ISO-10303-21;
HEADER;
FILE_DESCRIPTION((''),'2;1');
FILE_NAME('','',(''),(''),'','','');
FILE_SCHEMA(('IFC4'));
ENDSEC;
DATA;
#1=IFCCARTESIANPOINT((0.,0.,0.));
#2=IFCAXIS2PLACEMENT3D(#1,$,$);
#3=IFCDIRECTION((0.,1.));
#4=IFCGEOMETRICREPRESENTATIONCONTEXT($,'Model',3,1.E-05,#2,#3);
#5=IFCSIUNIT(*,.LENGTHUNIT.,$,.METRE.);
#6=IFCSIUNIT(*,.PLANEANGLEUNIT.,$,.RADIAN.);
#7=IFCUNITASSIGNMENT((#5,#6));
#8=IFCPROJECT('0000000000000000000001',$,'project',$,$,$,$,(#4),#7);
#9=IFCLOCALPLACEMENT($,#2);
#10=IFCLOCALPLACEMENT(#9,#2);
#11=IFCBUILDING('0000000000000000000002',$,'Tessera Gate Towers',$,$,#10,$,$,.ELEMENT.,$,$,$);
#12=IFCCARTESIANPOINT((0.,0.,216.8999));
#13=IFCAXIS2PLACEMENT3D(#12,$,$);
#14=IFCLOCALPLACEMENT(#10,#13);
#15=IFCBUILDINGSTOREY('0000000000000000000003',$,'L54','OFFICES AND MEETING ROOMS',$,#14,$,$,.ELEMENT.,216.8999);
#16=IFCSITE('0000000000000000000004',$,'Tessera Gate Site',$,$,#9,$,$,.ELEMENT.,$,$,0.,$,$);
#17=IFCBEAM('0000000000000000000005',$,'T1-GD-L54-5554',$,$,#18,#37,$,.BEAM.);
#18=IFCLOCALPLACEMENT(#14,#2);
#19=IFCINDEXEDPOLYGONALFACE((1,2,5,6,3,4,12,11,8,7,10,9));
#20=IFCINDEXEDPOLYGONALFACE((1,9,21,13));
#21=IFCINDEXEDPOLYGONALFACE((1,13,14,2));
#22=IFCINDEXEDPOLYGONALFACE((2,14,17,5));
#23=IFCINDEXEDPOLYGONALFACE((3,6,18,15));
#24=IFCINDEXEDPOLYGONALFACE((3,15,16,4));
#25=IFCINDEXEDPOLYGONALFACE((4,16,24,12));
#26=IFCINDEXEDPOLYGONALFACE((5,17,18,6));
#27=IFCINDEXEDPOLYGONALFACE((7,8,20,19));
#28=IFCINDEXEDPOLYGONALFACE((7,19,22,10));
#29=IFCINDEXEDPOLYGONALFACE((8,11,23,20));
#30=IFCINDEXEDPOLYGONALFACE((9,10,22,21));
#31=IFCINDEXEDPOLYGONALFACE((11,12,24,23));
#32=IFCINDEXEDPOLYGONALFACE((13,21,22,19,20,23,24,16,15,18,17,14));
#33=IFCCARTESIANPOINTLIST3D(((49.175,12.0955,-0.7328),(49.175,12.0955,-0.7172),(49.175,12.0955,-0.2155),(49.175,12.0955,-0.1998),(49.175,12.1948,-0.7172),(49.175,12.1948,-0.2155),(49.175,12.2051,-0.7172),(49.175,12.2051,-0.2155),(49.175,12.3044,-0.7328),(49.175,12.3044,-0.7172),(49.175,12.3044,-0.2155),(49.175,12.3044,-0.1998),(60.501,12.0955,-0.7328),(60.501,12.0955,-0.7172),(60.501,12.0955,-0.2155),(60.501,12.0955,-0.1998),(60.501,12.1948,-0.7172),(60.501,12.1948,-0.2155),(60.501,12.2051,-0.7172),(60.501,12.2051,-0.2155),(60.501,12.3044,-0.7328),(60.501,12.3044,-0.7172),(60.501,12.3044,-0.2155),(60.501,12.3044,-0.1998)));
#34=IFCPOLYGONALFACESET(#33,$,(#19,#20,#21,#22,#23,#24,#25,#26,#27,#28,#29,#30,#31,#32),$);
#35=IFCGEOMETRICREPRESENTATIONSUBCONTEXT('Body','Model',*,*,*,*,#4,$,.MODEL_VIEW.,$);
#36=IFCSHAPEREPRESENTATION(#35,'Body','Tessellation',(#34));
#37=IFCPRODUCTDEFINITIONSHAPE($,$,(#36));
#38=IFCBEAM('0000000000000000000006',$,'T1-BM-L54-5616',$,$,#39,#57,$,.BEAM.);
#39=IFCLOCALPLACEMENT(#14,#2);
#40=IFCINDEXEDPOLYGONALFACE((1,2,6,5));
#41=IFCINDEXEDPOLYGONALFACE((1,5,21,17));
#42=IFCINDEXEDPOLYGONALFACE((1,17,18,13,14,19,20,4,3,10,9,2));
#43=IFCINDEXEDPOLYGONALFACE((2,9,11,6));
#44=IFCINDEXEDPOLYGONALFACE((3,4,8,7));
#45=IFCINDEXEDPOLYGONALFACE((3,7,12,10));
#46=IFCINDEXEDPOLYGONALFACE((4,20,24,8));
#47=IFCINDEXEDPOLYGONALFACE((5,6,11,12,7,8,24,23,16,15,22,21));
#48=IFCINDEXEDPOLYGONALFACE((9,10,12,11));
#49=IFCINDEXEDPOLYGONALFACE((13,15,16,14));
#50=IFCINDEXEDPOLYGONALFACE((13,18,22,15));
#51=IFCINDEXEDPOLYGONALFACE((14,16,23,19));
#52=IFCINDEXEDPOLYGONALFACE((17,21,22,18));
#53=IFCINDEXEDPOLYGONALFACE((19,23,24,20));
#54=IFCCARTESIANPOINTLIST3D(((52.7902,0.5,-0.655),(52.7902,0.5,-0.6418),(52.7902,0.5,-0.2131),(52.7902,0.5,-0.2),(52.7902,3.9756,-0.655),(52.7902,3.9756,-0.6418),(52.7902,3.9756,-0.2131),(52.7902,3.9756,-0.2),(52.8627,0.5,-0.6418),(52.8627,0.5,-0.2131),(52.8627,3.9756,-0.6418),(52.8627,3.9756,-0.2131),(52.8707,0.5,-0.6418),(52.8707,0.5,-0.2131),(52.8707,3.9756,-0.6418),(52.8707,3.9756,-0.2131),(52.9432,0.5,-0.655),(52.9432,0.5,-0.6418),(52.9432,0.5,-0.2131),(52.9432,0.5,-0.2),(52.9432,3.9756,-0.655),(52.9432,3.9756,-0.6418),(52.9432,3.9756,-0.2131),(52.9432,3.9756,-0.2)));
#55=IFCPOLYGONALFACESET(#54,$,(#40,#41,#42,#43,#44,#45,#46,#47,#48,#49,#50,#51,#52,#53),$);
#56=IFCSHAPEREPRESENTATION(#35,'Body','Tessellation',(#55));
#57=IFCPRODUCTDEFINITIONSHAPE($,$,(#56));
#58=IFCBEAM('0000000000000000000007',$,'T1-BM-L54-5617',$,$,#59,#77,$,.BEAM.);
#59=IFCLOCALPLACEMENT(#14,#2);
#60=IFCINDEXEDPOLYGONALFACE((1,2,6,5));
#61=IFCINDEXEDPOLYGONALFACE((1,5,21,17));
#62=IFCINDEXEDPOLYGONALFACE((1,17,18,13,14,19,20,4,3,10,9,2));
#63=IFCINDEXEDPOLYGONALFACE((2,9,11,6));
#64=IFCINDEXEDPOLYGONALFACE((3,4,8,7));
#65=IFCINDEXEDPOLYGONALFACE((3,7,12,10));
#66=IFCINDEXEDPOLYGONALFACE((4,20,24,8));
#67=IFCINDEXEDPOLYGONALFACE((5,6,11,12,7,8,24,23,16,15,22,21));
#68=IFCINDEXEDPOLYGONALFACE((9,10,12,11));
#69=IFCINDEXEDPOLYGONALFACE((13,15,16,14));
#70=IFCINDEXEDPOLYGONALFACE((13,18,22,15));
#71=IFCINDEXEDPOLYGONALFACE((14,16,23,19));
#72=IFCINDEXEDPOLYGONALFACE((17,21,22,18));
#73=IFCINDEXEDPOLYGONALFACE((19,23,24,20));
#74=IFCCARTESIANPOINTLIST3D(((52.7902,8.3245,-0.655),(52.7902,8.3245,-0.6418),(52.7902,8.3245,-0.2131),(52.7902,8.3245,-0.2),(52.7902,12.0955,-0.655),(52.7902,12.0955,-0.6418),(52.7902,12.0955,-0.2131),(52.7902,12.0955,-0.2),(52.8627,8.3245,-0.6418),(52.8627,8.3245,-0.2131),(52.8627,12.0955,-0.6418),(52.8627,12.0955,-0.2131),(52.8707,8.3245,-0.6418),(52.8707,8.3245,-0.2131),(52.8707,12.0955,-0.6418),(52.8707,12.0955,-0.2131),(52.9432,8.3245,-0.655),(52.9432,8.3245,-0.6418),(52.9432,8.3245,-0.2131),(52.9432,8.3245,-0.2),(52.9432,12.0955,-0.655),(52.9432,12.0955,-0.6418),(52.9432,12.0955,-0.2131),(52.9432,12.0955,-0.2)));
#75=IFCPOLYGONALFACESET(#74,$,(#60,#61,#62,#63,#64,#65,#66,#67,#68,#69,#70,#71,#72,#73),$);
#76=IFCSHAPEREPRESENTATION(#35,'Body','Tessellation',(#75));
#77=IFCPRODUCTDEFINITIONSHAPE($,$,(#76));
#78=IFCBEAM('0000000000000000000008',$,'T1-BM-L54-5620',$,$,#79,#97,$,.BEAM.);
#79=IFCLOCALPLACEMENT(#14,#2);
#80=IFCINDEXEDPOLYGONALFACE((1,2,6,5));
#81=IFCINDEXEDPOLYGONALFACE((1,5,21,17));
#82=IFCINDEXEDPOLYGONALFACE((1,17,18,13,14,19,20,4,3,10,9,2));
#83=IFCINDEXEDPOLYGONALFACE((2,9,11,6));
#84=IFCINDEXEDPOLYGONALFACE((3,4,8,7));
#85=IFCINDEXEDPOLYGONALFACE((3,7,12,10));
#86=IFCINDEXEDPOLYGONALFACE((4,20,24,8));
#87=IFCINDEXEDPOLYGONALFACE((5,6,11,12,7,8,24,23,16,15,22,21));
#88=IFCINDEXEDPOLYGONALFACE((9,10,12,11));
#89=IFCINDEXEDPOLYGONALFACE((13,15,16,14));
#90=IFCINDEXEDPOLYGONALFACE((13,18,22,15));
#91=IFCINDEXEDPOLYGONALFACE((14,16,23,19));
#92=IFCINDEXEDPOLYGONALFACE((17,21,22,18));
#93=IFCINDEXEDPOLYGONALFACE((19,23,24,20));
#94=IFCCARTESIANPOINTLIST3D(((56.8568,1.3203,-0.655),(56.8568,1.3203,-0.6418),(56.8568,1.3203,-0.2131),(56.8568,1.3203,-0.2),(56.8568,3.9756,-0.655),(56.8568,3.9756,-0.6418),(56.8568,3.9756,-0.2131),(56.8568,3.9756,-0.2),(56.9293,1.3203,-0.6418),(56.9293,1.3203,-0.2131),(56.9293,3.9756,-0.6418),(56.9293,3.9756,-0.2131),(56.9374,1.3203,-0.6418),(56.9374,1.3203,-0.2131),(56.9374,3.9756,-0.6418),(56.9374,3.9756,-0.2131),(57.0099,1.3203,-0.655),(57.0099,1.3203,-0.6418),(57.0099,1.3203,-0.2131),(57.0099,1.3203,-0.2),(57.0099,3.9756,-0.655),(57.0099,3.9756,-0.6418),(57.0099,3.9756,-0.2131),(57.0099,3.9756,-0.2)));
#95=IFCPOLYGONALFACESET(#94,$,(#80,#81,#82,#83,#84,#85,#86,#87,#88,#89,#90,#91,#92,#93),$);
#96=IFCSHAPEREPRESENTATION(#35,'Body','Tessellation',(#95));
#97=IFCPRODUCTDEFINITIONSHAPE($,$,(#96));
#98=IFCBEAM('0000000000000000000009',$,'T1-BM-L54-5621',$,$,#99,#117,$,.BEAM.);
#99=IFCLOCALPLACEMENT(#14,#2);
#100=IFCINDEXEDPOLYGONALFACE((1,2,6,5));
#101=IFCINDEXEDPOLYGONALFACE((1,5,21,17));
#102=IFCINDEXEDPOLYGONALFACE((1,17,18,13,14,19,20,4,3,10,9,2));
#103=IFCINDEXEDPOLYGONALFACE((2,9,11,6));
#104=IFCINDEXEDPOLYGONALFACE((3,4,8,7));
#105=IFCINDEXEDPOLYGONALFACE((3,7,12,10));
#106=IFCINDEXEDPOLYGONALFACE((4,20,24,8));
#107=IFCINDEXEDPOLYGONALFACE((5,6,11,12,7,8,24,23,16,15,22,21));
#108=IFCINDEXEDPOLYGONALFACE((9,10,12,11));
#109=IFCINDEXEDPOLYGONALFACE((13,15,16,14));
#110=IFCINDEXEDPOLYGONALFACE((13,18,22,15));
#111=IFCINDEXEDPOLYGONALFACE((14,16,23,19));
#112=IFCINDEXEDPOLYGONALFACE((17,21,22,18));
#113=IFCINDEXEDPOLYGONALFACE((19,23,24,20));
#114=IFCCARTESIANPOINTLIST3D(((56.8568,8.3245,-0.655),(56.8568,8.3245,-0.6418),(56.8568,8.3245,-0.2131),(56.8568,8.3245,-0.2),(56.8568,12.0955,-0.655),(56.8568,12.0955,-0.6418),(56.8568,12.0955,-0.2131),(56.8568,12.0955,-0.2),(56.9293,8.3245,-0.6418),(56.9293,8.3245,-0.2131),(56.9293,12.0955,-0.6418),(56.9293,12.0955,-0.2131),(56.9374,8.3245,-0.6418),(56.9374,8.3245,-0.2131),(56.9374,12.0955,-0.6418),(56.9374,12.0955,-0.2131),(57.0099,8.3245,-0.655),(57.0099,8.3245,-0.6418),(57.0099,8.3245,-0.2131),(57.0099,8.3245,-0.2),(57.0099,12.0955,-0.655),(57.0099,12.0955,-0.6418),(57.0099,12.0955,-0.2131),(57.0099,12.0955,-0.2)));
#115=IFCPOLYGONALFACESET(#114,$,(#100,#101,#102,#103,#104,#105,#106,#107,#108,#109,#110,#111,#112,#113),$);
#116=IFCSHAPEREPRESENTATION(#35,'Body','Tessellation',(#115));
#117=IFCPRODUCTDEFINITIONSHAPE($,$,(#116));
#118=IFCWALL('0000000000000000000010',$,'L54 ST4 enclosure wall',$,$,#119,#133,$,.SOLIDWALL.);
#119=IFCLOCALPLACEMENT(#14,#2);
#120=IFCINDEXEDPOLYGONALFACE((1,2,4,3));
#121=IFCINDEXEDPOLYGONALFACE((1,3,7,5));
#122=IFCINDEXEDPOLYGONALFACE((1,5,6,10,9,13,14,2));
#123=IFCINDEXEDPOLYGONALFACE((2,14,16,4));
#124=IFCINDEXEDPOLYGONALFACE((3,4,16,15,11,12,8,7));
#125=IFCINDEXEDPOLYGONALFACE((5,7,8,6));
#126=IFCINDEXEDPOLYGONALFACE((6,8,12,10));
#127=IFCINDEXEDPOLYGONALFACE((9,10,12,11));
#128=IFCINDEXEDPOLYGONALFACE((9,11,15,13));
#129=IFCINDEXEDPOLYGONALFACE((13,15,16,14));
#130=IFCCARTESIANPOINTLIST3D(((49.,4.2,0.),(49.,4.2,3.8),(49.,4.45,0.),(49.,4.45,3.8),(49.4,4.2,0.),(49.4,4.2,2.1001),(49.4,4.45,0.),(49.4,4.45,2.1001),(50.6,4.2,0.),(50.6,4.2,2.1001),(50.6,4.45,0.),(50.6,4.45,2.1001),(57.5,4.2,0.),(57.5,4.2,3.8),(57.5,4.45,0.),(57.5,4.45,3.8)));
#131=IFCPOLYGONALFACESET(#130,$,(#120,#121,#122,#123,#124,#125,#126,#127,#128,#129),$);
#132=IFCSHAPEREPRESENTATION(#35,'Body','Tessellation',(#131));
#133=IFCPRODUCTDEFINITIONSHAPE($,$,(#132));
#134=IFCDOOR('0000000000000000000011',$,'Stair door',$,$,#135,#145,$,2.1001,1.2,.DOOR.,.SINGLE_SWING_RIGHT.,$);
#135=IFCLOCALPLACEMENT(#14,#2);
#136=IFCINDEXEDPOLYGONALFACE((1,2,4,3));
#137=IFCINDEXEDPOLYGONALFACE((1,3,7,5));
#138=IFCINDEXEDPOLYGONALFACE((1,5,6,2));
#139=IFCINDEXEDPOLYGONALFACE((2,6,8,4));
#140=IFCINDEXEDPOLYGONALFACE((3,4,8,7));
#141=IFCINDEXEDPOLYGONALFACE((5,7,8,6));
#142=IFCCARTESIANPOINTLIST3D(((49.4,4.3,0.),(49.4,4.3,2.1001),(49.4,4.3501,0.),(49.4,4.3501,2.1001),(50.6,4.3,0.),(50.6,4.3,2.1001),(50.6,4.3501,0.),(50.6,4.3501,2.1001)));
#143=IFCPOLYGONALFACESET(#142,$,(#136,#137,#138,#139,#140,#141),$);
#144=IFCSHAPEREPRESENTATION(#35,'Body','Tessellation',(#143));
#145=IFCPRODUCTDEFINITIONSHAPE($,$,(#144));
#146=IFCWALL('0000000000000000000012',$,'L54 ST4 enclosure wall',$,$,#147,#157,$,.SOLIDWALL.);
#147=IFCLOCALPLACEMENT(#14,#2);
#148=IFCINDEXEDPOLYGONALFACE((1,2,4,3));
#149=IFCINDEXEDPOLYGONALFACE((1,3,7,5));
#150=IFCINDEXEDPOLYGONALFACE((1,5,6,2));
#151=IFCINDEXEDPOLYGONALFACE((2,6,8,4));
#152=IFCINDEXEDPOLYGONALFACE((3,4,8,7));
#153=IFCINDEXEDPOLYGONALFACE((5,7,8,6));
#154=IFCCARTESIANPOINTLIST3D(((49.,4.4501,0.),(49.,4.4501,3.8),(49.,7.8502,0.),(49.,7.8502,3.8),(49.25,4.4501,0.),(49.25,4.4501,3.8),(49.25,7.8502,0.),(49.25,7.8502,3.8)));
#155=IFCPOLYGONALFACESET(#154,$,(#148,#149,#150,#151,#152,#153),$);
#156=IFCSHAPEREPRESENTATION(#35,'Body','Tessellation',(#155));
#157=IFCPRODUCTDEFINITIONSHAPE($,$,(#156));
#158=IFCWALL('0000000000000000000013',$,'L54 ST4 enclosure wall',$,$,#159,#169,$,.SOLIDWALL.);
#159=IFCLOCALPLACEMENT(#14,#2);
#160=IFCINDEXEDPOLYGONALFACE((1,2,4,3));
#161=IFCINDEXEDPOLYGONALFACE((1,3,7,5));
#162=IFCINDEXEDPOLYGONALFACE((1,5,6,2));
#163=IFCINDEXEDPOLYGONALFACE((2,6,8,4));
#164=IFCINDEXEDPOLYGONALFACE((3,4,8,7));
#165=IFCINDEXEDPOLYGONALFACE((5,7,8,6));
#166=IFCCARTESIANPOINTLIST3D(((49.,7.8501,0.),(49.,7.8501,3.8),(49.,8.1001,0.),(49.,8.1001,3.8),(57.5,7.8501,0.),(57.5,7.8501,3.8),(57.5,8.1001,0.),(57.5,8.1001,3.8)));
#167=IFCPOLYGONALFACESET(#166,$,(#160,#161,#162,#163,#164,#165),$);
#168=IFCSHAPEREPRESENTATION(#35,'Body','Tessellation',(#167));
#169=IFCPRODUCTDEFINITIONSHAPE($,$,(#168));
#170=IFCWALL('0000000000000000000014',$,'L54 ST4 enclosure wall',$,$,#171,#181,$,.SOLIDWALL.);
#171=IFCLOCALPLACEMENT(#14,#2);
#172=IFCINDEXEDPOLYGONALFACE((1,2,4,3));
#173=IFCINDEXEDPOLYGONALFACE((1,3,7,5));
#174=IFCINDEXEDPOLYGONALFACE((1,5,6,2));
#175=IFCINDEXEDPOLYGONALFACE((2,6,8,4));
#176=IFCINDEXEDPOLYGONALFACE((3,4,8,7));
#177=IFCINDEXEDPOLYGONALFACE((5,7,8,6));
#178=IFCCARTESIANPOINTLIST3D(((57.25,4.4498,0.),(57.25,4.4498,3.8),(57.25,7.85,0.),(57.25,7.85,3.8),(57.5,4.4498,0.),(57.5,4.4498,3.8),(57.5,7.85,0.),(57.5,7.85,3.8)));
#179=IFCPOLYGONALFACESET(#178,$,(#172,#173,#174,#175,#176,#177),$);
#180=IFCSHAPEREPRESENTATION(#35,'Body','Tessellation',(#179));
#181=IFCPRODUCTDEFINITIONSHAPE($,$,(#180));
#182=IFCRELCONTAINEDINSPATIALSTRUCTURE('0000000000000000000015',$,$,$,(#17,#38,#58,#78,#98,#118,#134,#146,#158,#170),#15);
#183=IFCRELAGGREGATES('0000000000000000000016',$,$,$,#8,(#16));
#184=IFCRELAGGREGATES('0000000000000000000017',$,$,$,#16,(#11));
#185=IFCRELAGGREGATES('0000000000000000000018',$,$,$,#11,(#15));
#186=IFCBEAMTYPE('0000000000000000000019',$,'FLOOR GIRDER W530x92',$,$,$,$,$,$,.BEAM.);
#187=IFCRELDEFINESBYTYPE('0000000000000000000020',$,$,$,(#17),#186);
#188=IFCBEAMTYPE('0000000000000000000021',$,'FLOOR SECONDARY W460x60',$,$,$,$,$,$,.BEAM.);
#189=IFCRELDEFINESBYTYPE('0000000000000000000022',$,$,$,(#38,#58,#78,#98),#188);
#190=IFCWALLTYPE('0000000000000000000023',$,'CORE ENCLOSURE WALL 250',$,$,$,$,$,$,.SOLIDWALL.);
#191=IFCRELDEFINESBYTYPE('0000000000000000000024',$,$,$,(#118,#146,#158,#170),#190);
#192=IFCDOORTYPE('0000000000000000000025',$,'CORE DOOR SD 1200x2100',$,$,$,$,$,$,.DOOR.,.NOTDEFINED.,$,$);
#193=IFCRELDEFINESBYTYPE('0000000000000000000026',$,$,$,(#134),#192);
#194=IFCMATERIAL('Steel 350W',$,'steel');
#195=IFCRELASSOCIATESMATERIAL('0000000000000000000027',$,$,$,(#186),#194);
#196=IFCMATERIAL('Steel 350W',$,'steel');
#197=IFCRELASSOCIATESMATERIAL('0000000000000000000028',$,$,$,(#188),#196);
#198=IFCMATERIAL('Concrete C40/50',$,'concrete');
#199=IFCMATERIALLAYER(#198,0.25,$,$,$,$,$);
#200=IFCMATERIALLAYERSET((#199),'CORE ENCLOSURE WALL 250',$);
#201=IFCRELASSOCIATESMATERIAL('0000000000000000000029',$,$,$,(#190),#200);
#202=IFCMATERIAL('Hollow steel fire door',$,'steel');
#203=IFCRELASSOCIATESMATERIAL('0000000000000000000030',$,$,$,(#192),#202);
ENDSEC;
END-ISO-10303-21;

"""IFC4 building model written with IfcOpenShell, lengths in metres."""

from ifc_helpers import new_model, si_unit, direction, frame, frame_2d, origin, origin_2d, place, context, subcontext, project, spatial, rectangle, i_section, extrude, source, transform, mapped, material, layer, layer_set, material_profile, profile_set, type_object, element, fill, save


model = new_model("IFC4")

# Units and contexts
model_context = context("Model", 3, precision=1e-05, world=origin(), true_north=direction((0.0, 1.0)))
body_context = subcontext(model_context, "Body", "Model", "MODEL_VIEW")
ifc_project = project(units=[si_unit("LENGTHUNIT", "METRE"), si_unit("PLANEANGLEUNIT", "RADIAN")], contexts=[model_context])

# Site, building, storey
site_placement = place(None, origin())
site = spatial("IfcSite", under=ifc_project, at=site_placement, Name="Tessera Gate Site", CompositionType="ELEMENT", RefElevation=0.0)
building_placement = place(site_placement, origin())
building = spatial("IfcBuilding", under=site, at=building_placement, Name="Tessera Gate Towers", CompositionType="ELEMENT")
storey_placement = place(building_placement, frame((0.0, 0.0, 216.8999)))
storey = spatial("IfcBuildingStorey", under=building, at=storey_placement, Name="L54", Description="OFFICES AND MEETING ROOMS", CompositionType="ELEMENT", Elevation=216.8999)

# Beams
ifc_material_1 = material(Name="Steel 350W", Category="steel")
ifc_material_profile_1 = material_profile(ifc_material_1, i_section(OverallWidth=0.209, OverallDepth=0.533, WebThickness=0.0103, FlangeThickness=0.0156, at=origin_2d()), Name="W530x92")
ifc_profile_set_1 = profile_set([ifc_material_profile_1], Name="Steel 350W")
beam_type_1 = type_object("IfcBeamType", Name="FLOOR GIRDER W530x92", PredefinedType="BEAM", material=ifc_profile_set_1)
beam_1_placement = place(storey_placement, frame((49.175, 12.2, -0.4663), z_axis=(1.0, 0.0, 0.0), x_axis=(0.0, 1.0, 0.0)))
element("IfcBeam", 1, at=beam_1_placement, inside=storey, type_object=beam_type_1, Name="T1-GD-L54-5554", PredefinedType="BEAM", context=body_context, shape_type="SweptSolid", body=[
    extrude(i_section(OverallWidth=0.209, OverallDepth=0.533, WebThickness=0.0103, FlangeThickness=0.0156, at=origin_2d()), origin(), (0.0, 0.0, 1.0), 11.3259),
])
ifc_material_2 = material(Name="Steel 350W", Category="steel")
ifc_material_profile_2 = material_profile(ifc_material_2, i_section(OverallWidth=0.1531, OverallDepth=0.4551, WebThickness=0.0081, FlangeThickness=0.0132, at=origin_2d()), Name="W460x60")
ifc_profile_set_2 = profile_set([ifc_material_profile_2], Name="Steel 350W")
beam_type_2 = type_object("IfcBeamType", Name="FLOOR SECONDARY W460x60", PredefinedType="BEAM", material=ifc_profile_set_2)
beam_2_placement = place(storey_placement, frame((52.8667, 0.5, -0.4275), z_axis=(0.0, 1.0, 0.0), x_axis=(-1.0, 0.0, 0.0)))
element("IfcBeam", 2, at=beam_2_placement, inside=storey, type_object=beam_type_2, Name="T1-BM-L54-5616", PredefinedType="BEAM", context=body_context, shape_type="SweptSolid", body=[
    extrude(i_section(OverallWidth=0.1531, OverallDepth=0.4551, WebThickness=0.0081, FlangeThickness=0.0132, at=origin_2d()), origin(), (0.0, 0.0, 1.0), 3.4756),
])
beam_3_placement = place(storey_placement, frame((52.8667, 8.3245, -0.4275), z_axis=(0.0, 1.0, 0.0), x_axis=(-1.0, 0.0, 0.0)))
element("IfcBeam", 3, at=beam_3_placement, inside=storey, type_object=beam_type_2, Name="T1-BM-L54-5617", PredefinedType="BEAM", context=body_context, shape_type="SweptSolid", body=[
    extrude(i_section(OverallWidth=0.1531, OverallDepth=0.4551, WebThickness=0.0081, FlangeThickness=0.0132, at=origin_2d()), origin(), (0.0, 0.0, 1.0), 3.771),
])
beam_4_placement = place(storey_placement, frame((56.9333, 1.3203, -0.4275), z_axis=(0.0, 1.0, 0.0), x_axis=(-1.0, 0.0, 0.0)))
element("IfcBeam", 4, at=beam_4_placement, inside=storey, type_object=beam_type_2, Name="T1-BM-L54-5620", PredefinedType="BEAM", context=body_context, shape_type="SweptSolid", body=[
    extrude(i_section(OverallWidth=0.1531, OverallDepth=0.4551, WebThickness=0.0081, FlangeThickness=0.0132, at=origin_2d()), origin(), (0.0, 0.0, 1.0), 2.6553),
])
beam_5_placement = place(storey_placement, frame((56.9333, 8.3245, -0.4275), z_axis=(0.0, 1.0, 0.0), x_axis=(-1.0, 0.0, 0.0)))
element("IfcBeam", 5, at=beam_5_placement, inside=storey, type_object=beam_type_2, Name="T1-BM-L54-5621", PredefinedType="BEAM", context=body_context, shape_type="SweptSolid", body=[
    extrude(i_section(OverallWidth=0.1531, OverallDepth=0.4551, WebThickness=0.0081, FlangeThickness=0.0132, at=origin_2d()), origin(), (0.0, 0.0, 1.0), 3.771),
])

# Wall, opening, door
ifc_material_3 = material(Name="Concrete C40/50", Category="concrete")
ifc_layer_1 = layer(ifc_material_3, 0.25)
ifc_layer_set_1 = layer_set([ifc_layer_1], Name="CORE ENCLOSURE WALL 250")
wall_type_1 = type_object("IfcWallType", Name="CORE ENCLOSURE WALL 250", PredefinedType="SOLIDWALL", material=ifc_layer_set_1)
wall_1_placement = place(storey_placement, frame((57.5, 4.325, 0.0), z_axis=(0.0, 0.0, 1.0), x_axis=(-1.0, 0.0, 0.0)))
wall_1 = element("IfcWall", 6, at=wall_1_placement, inside=storey, type_object=wall_type_1, Name="L54 ST4 enclosure wall", PredefinedType="SOLIDWALL", context=body_context, shape_type="SweptSolid", body=[
    extrude(rectangle(XDim=8.5, YDim=0.25, at=frame_2d((4.25, 0.0))), origin(), (0.0, 0.0, 1.0), 3.8),
])
shared_shape_1 = source(origin(), body_context, "Body", "SweptSolid", [
    extrude(rectangle(XDim=1.2, YDim=2.1001, at=frame_2d((0.6001, 1.05))), frame((0.0, 0.135, 0.0), z_axis=(0.0, -1.0, 0.0), x_axis=(1.0, 0.0, 0.0)), (0.0, 0.0, 1.0), 0.27),
])
opening_1_placement = place(wall_1_placement, frame((6.8999, 0.0, 0.0)))
opening_1 = element("IfcOpeningElement", 7, at=opening_1_placement, cuts=wall_1, PredefinedType="OPENING", context=body_context, shape_type="MappedRepresentation", body=[
    mapped(shared_shape_1, transform((0.0, 0.0, 0.0), scale=1.0)),
])
ifc_material_4 = material(Name="Hollow steel fire door", Category="steel")
door_type = type_object("IfcDoorType", Name="CORE DOOR SD 1200x2100", OperationType="NOTDEFINED", PredefinedType="DOOR", material=ifc_material_4)
shared_shape_2 = source(origin(), body_context, "Body", "SweptSolid", [
    extrude(rectangle(XDim=1.2, YDim=2.1001, at=frame_2d((0.6001, 1.05))), frame((0.0, 0.0249, 0.0), z_axis=(0.0, -1.0, 0.0), x_axis=(1.0, 0.0, 0.0)), (0.0, 0.0, 1.0), 0.05),
])
door_placement = place(opening_1_placement, origin())
door = element("IfcDoor", 8, at=door_placement, inside=storey, type_object=door_type, Name="Stair door", OperationType="SINGLE_SWING_RIGHT", OverallHeight=2.1001, OverallWidth=1.2, PredefinedType="DOOR", context=body_context, shape_type="MappedRepresentation", body=[
    mapped(shared_shape_2, transform((0.0, 0.0, 0.0), scale=1.0)),
])
fill(opening_1, door)

# Walls
wall_2_placement = place(storey_placement, frame((49.125, 4.45, 0.0), z_axis=(0.0, 0.0, 1.0), x_axis=(0.0, 1.0, 0.0)))
element("IfcWall", 9, at=wall_2_placement, inside=storey, type_object=wall_type_1, Name="L54 ST4 enclosure wall", PredefinedType="SOLIDWALL", context=body_context, shape_type="SweptSolid", body=[
    extrude(rectangle(XDim=3.4001, YDim=0.25, at=frame_2d((1.7002, 0.0))), origin(), (0.0, 0.0, 1.0), 3.8),
])
wall_3_placement = place(storey_placement, frame((49.0, 7.9751, 0.0), z_axis=(0.0, 0.0, 1.0), x_axis=(1.0, 0.0, 0.0)))
element("IfcWall", 10, at=wall_3_placement, inside=storey, type_object=wall_type_1, Name="L54 ST4 enclosure wall", PredefinedType="SOLIDWALL", context=body_context, shape_type="SweptSolid", body=[
    extrude(rectangle(XDim=8.5, YDim=0.25, at=frame_2d((4.25, 0.0))), origin(), (0.0, 0.0, 1.0), 3.8),
])
wall_4_placement = place(storey_placement, frame((57.375, 7.8501, 0.0), z_axis=(0.0, 0.0, 1.0), x_axis=(0.0, -1.0, 0.0)))
element("IfcWall", 11, at=wall_4_placement, inside=storey, type_object=wall_type_1, Name="L54 ST4 enclosure wall", PredefinedType="SOLIDWALL", context=body_context, shape_type="SweptSolid", body=[
    extrude(rectangle(XDim=3.4001, YDim=0.25, at=frame_2d((1.7002, 0.0))), origin(), (0.0, 0.0, 1.0), 3.8),
])

save(model, "model.ifc")
